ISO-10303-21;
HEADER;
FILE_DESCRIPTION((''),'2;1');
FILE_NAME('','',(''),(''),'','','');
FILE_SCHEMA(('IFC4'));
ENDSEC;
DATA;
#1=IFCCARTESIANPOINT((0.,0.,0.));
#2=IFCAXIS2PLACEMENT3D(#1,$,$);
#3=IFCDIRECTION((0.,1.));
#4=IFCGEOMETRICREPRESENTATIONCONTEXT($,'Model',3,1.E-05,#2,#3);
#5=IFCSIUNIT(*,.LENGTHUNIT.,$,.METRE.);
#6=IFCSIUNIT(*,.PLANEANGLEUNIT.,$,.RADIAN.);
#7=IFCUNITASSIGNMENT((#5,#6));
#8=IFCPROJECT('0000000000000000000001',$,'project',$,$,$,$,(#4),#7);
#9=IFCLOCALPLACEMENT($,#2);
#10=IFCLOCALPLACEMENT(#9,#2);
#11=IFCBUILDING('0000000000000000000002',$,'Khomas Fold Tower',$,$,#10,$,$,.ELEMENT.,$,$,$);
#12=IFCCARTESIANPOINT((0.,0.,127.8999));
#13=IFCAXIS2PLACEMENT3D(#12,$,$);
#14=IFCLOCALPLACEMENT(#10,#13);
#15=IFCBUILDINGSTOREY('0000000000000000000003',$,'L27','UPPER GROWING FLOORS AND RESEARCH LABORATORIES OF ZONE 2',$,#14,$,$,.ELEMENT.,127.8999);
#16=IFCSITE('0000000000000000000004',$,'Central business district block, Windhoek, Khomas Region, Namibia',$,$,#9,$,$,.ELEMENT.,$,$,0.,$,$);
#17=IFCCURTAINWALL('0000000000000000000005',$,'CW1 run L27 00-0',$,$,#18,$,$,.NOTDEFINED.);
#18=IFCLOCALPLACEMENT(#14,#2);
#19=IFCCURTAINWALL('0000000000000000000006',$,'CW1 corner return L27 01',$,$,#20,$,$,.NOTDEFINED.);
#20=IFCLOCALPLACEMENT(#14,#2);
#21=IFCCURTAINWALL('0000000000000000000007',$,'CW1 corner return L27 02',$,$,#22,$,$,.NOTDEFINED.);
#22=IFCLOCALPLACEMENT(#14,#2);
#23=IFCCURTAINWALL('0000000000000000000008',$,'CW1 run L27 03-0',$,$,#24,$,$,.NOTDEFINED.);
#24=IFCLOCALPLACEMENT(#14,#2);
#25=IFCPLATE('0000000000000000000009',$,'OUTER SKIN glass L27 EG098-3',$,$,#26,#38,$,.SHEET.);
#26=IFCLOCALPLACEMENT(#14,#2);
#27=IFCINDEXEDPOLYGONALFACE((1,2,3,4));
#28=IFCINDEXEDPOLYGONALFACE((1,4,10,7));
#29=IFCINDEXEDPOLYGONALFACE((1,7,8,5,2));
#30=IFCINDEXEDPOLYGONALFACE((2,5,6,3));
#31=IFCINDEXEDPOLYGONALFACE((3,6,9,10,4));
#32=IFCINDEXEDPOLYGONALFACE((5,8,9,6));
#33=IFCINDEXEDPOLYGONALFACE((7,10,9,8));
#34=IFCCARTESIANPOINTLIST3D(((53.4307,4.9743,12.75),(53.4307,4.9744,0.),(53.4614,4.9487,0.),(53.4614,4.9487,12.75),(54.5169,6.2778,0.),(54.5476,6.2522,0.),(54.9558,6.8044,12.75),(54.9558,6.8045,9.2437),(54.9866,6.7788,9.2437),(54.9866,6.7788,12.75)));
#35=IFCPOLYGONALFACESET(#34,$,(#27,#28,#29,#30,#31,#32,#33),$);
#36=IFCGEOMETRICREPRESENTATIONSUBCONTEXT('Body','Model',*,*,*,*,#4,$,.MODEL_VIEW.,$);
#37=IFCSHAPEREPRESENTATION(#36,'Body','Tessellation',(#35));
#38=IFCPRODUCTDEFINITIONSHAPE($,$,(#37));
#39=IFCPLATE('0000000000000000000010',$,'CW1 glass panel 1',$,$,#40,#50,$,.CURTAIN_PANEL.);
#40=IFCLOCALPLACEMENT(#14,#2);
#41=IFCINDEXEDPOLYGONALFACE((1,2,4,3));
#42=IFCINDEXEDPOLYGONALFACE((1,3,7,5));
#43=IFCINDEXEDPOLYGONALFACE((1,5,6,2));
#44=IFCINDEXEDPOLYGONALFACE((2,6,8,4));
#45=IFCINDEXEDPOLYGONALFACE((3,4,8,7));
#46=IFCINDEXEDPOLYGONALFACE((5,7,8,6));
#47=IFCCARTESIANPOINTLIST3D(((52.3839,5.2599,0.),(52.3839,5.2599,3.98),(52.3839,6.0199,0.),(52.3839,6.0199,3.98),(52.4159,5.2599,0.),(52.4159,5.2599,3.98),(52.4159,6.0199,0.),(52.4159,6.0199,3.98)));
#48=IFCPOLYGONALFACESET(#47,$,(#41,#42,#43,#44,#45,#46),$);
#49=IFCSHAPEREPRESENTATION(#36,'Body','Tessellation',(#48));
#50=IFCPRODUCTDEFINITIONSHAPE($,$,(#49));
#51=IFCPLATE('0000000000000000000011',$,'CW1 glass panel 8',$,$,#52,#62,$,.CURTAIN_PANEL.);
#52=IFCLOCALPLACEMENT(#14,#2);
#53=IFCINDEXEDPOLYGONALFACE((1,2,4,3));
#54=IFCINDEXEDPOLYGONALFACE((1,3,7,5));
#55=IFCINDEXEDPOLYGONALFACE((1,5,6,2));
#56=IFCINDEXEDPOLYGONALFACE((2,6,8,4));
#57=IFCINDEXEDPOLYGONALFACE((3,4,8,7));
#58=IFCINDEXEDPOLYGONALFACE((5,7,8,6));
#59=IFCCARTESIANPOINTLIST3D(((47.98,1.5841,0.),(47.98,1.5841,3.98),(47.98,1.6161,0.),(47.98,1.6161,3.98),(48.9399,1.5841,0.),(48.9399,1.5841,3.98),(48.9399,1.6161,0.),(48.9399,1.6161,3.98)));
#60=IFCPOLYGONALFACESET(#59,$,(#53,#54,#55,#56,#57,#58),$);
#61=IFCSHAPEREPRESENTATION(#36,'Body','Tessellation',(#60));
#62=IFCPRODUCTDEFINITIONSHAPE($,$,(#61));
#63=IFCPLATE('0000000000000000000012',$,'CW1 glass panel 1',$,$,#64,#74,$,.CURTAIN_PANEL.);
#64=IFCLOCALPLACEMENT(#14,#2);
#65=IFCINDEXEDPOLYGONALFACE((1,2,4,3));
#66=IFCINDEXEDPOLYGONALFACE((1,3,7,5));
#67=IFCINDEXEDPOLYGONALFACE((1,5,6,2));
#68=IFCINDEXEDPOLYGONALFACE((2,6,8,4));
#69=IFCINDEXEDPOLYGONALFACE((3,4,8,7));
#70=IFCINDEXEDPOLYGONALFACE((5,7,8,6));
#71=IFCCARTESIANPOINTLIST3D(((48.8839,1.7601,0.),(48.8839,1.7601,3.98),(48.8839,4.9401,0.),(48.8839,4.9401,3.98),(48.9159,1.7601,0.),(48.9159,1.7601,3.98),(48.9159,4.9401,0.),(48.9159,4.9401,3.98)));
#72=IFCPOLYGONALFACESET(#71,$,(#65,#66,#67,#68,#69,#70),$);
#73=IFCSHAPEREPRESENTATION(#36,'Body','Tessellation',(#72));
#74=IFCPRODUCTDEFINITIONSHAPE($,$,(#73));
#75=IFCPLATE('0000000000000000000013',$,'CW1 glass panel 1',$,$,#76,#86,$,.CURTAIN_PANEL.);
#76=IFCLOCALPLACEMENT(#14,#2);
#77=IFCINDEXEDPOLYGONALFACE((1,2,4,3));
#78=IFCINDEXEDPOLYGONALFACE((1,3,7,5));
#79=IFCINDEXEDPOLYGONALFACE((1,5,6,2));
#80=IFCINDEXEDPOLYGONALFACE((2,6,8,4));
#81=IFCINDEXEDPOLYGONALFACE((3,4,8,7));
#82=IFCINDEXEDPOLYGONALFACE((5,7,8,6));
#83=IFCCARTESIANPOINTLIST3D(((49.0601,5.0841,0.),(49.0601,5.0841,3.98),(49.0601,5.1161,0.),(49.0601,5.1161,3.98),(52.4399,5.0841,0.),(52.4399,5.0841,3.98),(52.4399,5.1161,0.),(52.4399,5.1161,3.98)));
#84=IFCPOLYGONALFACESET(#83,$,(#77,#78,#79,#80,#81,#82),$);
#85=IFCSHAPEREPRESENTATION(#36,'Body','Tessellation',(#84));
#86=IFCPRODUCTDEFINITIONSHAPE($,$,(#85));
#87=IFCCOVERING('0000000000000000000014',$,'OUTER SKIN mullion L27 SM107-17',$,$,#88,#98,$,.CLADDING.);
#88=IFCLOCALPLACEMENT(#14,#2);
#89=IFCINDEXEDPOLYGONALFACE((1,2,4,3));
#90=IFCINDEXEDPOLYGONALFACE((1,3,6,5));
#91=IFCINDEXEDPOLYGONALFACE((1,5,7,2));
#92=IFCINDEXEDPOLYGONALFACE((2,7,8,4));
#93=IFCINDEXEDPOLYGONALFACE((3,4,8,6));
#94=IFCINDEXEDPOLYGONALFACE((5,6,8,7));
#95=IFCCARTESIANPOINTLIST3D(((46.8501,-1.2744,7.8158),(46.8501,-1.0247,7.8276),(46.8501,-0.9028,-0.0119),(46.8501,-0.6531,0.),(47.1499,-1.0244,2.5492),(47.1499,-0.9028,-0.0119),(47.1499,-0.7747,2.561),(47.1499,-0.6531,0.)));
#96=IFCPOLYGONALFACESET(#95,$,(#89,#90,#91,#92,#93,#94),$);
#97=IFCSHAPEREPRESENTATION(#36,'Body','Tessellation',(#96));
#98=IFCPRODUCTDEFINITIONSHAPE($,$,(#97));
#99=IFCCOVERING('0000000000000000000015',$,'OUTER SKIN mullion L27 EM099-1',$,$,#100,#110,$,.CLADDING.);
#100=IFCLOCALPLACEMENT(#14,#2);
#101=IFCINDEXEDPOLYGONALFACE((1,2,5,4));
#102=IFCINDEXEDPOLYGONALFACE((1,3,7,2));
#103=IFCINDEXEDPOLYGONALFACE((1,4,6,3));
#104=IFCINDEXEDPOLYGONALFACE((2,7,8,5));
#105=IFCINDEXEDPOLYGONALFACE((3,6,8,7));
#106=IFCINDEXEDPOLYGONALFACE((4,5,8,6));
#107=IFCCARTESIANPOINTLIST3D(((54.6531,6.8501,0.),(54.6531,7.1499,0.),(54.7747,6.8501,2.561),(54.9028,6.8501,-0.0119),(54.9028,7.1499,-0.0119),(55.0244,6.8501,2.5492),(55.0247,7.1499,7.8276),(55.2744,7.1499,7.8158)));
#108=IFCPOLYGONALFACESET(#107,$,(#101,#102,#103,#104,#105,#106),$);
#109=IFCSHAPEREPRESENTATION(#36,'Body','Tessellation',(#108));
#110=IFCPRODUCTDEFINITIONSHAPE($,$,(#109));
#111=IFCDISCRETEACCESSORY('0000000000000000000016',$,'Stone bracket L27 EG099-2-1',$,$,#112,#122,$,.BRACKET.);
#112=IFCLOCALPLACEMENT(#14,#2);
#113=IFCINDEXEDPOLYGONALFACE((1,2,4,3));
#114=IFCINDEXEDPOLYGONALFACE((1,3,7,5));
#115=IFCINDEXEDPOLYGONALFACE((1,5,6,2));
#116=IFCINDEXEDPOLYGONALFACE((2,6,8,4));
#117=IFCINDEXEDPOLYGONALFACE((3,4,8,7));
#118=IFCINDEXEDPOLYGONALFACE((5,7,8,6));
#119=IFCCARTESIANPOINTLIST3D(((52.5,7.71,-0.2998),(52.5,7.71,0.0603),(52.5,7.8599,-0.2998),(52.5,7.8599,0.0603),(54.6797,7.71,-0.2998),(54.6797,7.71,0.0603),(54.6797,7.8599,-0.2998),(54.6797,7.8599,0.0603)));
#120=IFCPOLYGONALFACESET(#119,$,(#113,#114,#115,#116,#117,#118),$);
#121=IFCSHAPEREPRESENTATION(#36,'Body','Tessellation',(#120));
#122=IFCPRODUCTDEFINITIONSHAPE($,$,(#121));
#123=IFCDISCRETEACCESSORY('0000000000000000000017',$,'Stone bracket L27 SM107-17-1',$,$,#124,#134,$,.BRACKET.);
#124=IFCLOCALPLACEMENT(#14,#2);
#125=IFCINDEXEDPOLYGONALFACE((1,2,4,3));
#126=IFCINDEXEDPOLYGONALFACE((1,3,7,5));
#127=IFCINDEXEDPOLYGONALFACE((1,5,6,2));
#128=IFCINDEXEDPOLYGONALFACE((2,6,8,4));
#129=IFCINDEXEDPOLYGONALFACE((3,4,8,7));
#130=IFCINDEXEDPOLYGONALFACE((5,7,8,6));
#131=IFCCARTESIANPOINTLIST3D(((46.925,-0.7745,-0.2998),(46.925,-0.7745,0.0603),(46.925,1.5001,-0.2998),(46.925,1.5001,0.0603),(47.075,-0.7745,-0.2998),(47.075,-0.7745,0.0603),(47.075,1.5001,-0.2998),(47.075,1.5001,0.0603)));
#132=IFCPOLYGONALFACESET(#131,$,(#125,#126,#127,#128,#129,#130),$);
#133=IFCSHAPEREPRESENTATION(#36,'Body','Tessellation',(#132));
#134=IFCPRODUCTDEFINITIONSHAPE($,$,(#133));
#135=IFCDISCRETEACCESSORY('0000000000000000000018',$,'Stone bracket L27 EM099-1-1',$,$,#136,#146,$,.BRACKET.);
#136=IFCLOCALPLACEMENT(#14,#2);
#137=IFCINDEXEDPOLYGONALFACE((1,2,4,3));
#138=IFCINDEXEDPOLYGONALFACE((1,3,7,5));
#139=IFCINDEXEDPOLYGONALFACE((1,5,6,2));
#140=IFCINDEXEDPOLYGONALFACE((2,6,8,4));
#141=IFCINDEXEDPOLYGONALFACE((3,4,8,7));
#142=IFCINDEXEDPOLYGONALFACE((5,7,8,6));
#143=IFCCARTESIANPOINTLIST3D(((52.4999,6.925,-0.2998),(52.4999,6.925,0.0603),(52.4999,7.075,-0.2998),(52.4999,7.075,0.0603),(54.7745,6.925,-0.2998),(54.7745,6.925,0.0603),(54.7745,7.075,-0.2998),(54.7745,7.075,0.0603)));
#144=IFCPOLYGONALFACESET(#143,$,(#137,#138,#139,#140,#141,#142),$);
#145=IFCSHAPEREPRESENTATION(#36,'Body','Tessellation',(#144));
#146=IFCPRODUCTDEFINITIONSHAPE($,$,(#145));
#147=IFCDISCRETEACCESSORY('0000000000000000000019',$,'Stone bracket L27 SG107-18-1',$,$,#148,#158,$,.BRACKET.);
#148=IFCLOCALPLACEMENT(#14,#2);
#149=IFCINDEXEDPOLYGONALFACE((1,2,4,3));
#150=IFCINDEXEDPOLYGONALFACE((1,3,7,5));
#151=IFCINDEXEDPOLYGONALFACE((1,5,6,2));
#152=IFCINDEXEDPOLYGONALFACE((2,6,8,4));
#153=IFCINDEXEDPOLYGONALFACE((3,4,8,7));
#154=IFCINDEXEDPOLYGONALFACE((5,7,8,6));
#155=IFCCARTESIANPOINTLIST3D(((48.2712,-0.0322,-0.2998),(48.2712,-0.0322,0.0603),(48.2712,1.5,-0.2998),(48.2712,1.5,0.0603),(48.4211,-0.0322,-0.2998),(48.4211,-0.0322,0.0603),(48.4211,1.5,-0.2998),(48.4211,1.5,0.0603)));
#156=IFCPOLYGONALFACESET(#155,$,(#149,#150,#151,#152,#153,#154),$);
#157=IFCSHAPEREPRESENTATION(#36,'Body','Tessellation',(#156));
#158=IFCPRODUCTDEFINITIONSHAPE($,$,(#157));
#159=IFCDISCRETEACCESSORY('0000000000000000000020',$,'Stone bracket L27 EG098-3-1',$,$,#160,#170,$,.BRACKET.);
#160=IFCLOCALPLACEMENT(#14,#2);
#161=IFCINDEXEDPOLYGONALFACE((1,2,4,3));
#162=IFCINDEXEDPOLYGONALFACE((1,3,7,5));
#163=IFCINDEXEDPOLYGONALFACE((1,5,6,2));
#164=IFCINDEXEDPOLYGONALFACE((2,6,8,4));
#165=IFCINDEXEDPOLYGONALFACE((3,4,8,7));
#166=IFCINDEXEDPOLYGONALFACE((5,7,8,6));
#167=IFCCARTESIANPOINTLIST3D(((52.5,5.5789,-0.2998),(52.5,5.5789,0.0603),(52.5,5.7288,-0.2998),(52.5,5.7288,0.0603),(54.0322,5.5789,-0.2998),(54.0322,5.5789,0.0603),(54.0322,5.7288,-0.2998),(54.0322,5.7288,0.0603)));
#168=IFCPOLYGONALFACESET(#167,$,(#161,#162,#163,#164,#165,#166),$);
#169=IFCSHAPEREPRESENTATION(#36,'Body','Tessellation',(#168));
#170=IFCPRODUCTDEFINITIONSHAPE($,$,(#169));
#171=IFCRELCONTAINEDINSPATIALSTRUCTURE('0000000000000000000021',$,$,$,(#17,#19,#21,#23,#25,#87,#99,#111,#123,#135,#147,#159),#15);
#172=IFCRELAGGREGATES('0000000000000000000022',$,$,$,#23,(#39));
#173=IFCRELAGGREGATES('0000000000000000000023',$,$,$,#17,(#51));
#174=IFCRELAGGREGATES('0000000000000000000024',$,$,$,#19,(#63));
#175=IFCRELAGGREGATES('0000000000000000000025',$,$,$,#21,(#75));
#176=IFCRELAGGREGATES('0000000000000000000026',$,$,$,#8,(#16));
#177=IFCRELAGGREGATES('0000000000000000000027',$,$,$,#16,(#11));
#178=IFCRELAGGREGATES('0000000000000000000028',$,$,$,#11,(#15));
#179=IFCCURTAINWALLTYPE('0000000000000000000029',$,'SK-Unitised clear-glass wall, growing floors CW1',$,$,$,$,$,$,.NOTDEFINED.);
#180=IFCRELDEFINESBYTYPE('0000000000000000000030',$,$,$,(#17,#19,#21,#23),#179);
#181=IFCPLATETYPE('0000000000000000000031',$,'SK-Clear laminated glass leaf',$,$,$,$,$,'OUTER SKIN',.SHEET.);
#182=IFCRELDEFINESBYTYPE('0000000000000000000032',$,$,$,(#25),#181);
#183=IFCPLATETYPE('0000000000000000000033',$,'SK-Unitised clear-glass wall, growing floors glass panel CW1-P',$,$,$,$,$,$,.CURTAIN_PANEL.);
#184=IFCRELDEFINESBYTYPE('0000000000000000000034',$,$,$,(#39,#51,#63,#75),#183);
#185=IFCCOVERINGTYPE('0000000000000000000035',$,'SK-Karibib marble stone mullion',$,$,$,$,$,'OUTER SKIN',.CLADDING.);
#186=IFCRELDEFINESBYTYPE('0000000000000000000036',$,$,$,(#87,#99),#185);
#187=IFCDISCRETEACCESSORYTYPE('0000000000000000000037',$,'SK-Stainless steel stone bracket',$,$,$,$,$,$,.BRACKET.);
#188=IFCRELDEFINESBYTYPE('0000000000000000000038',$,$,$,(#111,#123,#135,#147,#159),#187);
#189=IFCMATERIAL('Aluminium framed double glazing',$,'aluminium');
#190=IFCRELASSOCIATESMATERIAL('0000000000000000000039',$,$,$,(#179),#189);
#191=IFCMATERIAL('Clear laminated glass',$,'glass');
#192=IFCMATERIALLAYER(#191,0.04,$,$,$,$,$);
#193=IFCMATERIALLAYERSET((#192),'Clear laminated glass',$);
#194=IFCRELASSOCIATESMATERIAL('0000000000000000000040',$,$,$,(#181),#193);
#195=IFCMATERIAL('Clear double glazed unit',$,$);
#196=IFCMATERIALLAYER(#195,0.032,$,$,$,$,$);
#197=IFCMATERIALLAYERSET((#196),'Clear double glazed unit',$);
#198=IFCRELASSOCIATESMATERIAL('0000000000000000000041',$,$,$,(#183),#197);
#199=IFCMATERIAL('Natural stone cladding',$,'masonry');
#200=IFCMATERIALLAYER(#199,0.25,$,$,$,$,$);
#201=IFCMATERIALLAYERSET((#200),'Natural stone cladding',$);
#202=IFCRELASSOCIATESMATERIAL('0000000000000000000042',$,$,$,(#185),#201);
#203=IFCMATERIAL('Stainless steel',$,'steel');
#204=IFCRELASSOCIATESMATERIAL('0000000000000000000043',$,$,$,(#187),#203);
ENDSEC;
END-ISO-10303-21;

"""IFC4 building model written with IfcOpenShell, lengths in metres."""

from ifc_helpers import new_model, si_unit, direction, frame, origin, origin_2d, place, context, subcontext, project, spatial, polyline, rectangle, outline, extrude, source, transform, mapped, material, layer, layer_set, type_object, element, aggregate, save


model = new_model("IFC4")

# Units and contexts
model_context = context("Model", 3, precision=1e-05, world=origin(), true_north=direction((0.0, 1.0)))
body_context = subcontext(model_context, "Body", "Model", "MODEL_VIEW")
ifc_project = project(units=[si_unit("LENGTHUNIT", "METRE"), si_unit("PLANEANGLEUNIT", "RADIAN")], contexts=[model_context])

# Site, building, storey
site_placement = place(None, origin())
site = spatial("IfcSite", under=ifc_project, at=site_placement, Name="Central business district block, Windhoek, Khomas Region, Namibia", CompositionType="ELEMENT", RefElevation=0.0)
building_placement = place(site_placement, origin())
building = spatial("IfcBuilding", under=site, at=building_placement, Name="Khomas Fold Tower", CompositionType="ELEMENT")
storey_placement = place(building_placement, frame((0.0, 0.0, 127.8999)))
storey = spatial("IfcBuildingStorey", under=building, at=storey_placement, Name="L27", Description="UPPER GROWING FLOORS AND RESEARCH LABORATORIES OF ZONE 2", CompositionType="ELEMENT", Elevation=127.8999)

# Curtain walls
ifc_material_1 = material(Name="Aluminium framed double glazing", Category="aluminium")
curtain_wall_type = type_object("IfcCurtainWallType", Name="SK-Unitised clear-glass wall, growing floors CW1", PredefinedType="NOTDEFINED", material=ifc_material_1)
curtain_wall_1_placement = place(storey_placement, origin())
curtain_wall_1 = element("IfcCurtainWall", 1, at=curtain_wall_1_placement, inside=storey, type_object=curtain_wall_type, Name="CW1 run L27 00-0", PredefinedType="NOTDEFINED")
curtain_wall_2_placement = place(storey_placement, origin())
curtain_wall_2 = element("IfcCurtainWall", 2, at=curtain_wall_2_placement, inside=storey, type_object=curtain_wall_type, Name="CW1 corner return L27 01", PredefinedType="NOTDEFINED")
curtain_wall_3_placement = place(storey_placement, origin())
curtain_wall_3 = element("IfcCurtainWall", 3, at=curtain_wall_3_placement, inside=storey, type_object=curtain_wall_type, Name="CW1 corner return L27 02", PredefinedType="NOTDEFINED")
curtain_wall_4_placement = place(storey_placement, origin())
curtain_wall_4 = element("IfcCurtainWall", 4, at=curtain_wall_4_placement, inside=storey, type_object=curtain_wall_type, Name="CW1 run L27 03-0", PredefinedType="NOTDEFINED")

# Plate
ifc_material_2 = material(Name="Clear laminated glass", Category="glass")
ifc_layer_1 = layer(ifc_material_2, 0.04)
ifc_layer_set_1 = layer_set([ifc_layer_1], Name="Clear laminated glass")
plate_type_1 = type_object("IfcPlateType", Name="SK-Clear laminated glass leaf", ElementType="OUTER SKIN", PredefinedType="SHEET", material=ifc_layer_set_1)
plate_1_placement = place(storey_placement, frame((54.9558, 6.8044, 12.75), z_axis=(-0.768213, 0.640195, 0.000003), x_axis=(-0.000003, 0.000002, -1.0)))
element("IfcPlate", 5, at=plate_1_placement, inside=storey, type_object=plate_type_1, Name="OUTER SKIN glass L27 EG098-3", PredefinedType="SHEET", context=body_context, shape_type="SweptSolid", body=[
    extrude(outline(polyline([(0.0, 0.0), (3.5063, 0.0), (12.75, 0.6856), (12.75, 2.3823), (0.0, 2.3823), (0.0, 0.0)])), origin(), (0.0, 0.0, -1.0), 0.04),
])

# Plates
ifc_material_3 = material(Name="Clear double glazed unit")
ifc_layer_2 = layer(ifc_material_3, 0.032)
ifc_layer_set_2 = layer_set([ifc_layer_2], Name="Clear double glazed unit")
plate_type_2 = type_object("IfcPlateType", Name="SK-Unitised clear-glass wall, growing floors glass panel CW1-P", PredefinedType="CURTAIN_PANEL", material=ifc_layer_set_2)
shared_shape_1 = source(origin(), body_context, "Body", "SweptSolid", [
    extrude(rectangle(XDim=0.76, YDim=0.032, at=origin_2d()), origin(), (0.0, 0.0, 1.0), 3.98),
])
plate_2_placement = place(storey_placement, frame((52.3999, 5.6399, 0.0), z_axis=(0.0, 0.0, 1.0), x_axis=(0.0, 1.0, 0.0)))
plate_2 = element("IfcPlate", 6, at=plate_2_placement, type_object=plate_type_2, Name="CW1 glass panel 1", PredefinedType="CURTAIN_PANEL", context=body_context, shape_type="MappedRepresentation", body=[
    mapped(shared_shape_1, transform((0.0, 0.0, 0.0))),
])
aggregate(curtain_wall_4, [plate_2])
shared_shape_2 = source(origin(), body_context, "Body", "SweptSolid", [
    extrude(rectangle(XDim=0.96, YDim=0.032, at=origin_2d()), origin(), (0.0, 0.0, 1.0), 3.98),
])
plate_3_placement = place(storey_placement, frame((48.46, 1.6001, 0.0), z_axis=(0.0, 0.0, 1.0), x_axis=(1.0, 0.0, 0.0)))
plate_3 = element("IfcPlate", 7, at=plate_3_placement, type_object=plate_type_2, Name="CW1 glass panel 8", PredefinedType="CURTAIN_PANEL", context=body_context, shape_type="MappedRepresentation", body=[
    mapped(shared_shape_2, transform((0.0, 0.0, 0.0))),
])
aggregate(curtain_wall_1, [plate_3])
shared_shape_3 = source(origin(), body_context, "Body", "SweptSolid", [
    extrude(rectangle(XDim=3.1799, YDim=0.032, at=origin_2d()), origin(), (0.0, 0.0, 1.0), 3.98),
])
plate_4_placement = place(storey_placement, frame((48.8999, 3.3501, 0.0), z_axis=(0.0, 0.0, 1.0), x_axis=(0.0, 1.0, 0.0)))
plate_4 = element("IfcPlate", 8, at=plate_4_placement, type_object=plate_type_2, Name="CW1 glass panel 1", PredefinedType="CURTAIN_PANEL", context=body_context, shape_type="MappedRepresentation", body=[
    mapped(shared_shape_3, transform((0.0, 0.0, 0.0))),
])
aggregate(curtain_wall_2, [plate_4])
shared_shape_4 = source(origin(), body_context, "Body", "SweptSolid", [
    extrude(rectangle(XDim=3.3799, YDim=0.032, at=origin_2d()), origin(), (0.0, 0.0, 1.0), 3.98),
])
plate_5_placement = place(storey_placement, frame((50.75, 5.1001, 0.0), z_axis=(0.0, 0.0, 1.0), x_axis=(1.0, 0.0, 0.0)))
plate_5 = element("IfcPlate", 9, at=plate_5_placement, type_object=plate_type_2, Name="CW1 glass panel 1", PredefinedType="CURTAIN_PANEL", context=body_context, shape_type="MappedRepresentation", body=[
    mapped(shared_shape_4, transform((0.0, 0.0, 0.0))),
])
aggregate(curtain_wall_3, [plate_5])

# Coverings
ifc_material_4 = material(Name="Natural stone cladding", Category="masonry")
ifc_layer_3 = layer(ifc_material_4, 0.25)
ifc_layer_set_3 = layer_set([ifc_layer_3], Name="Natural stone cladding")
covering_type = type_object("IfcCoveringType", Name="SK-Karibib marble stone mullion", ElementType="OUTER SKIN", PredefinedType="CLADDING", material=ifc_layer_set_3)
covering_1_placement = place(storey_placement, frame((47.1499, -0.7747, 2.561), z_axis=(0.000021, 0.998875, 0.047418), x_axis=(0.0, 0.047418, -0.998875)))
element("IfcCovering", 10, at=covering_1_placement, inside=storey, type_object=covering_type, Name="OUTER SKIN mullion L27 SM107-17", PredefinedType="CLADDING", context=body_context, shape_type="SweptSolid", body=[
    extrude(outline(polyline([(0.0, 0.0), (2.5639, 0.0), (2.5639, 0.2998), (-5.2725, 0.2998), (0.0, 0.0)])), origin(), (0.0, 0.0, -1.0), 0.25),
])
covering_2_placement = place(storey_placement, frame((54.6531, 6.8501, 0.0), z_axis=(-0.998875, -0.000021, 0.047418), x_axis=(0.047418, 0.0, 0.998875)))
element("IfcCovering", 11, at=covering_2_placement, inside=storey, type_object=covering_type, Name="OUTER SKIN mullion L27 EM099-1", PredefinedType="CLADDING", context=body_context, shape_type="SweptSolid", body=[
    extrude(outline(polyline([(0.0, 0.0), (2.5639, 0.0), (7.8365, 0.2998), (0.0, 0.2998), (0.0, 0.0)])), origin(), (0.0, 0.0, -1.0), 0.25),
])

# Discrete accessories
ifc_material_5 = material(Name="Stainless steel", Category="steel")
discrete_accessory_type = type_object("IfcDiscreteAccessoryType", Name="SK-Stainless steel stone bracket", PredefinedType="BRACKET", material=ifc_material_5)
shared_shape_5 = source(origin(), body_context, "Body", "SweptSolid", [
    extrude(rectangle(XDim=2.1797, YDim=0.1499, at=origin_2d()), origin(), (0.0, 0.0, 1.0), 0.3601),
])
discrete_accessory_placement = place(storey_placement, frame((53.5898, 7.7849, -0.2998), z_axis=(0.0, 0.0, 1.0), x_axis=(1.0, 0.0, 0.0)))
element("IfcDiscreteAccessory", 12, at=discrete_accessory_placement, inside=storey, type_object=discrete_accessory_type, Name="Stone bracket L27 EG099-2-1", PredefinedType="BRACKET", context=body_context, shape_type="MappedRepresentation", body=[
    mapped(shared_shape_5, transform((0.0, 0.0, 0.0))),
])
shared_shape_6 = source(origin(), body_context, "Body", "SweptSolid", [
    extrude(rectangle(XDim=2.2747, YDim=0.1499, at=origin_2d()), origin(), (0.0, 0.0, 1.0), 0.3601),
])
for number, where, z_axis, x_axis, name in (
    (13, (47.0, 0.3628, -0.2998), (0.0, 0.0, 1.0), (0.0, -1.0, 0.0), "Stone bracket L27 SM107-17-1"),
    (14, (53.6372, 7.0, -0.2998), (0.0, 0.0, 1.0), (1.0, 0.0, 0.0), "Stone bracket L27 EM099-1-1"),
):
    element("IfcDiscreteAccessory", number, at=place(storey_placement, frame(where, z_axis=z_axis, x_axis=x_axis)), inside=storey, type_object=discrete_accessory_type, Name=name, PredefinedType="BRACKET", context=body_context, shape_type="MappedRepresentation", body=[
        mapped(shared_shape_6, transform((0.0, 0.0, 0.0))),
    ])
shared_shape_7 = source(origin(), body_context, "Body", "SweptSolid", [
    extrude(rectangle(XDim=1.5322, YDim=0.1499, at=origin_2d()), origin(), (0.0, 0.0, 1.0), 0.3601),
])
for number, where, z_axis, x_axis, name in (
    (15, (48.3462, 0.7339, -0.2998), (0.0, 0.0, 1.0), (0.0, -1.0, 0.0), "Stone bracket L27 SG107-18-1"),
    (16, (53.2661, 5.6538, -0.2998), (0.0, 0.0, 1.0), (1.0, 0.0, 0.0), "Stone bracket L27 EG098-3-1"),
):
    element("IfcDiscreteAccessory", number, at=place(storey_placement, frame(where, z_axis=z_axis, x_axis=x_axis)), inside=storey, type_object=discrete_accessory_type, Name=name, PredefinedType="BRACKET", context=body_context, shape_type="MappedRepresentation", body=[
        mapped(shared_shape_7, transform((0.0, 0.0, 0.0))),
    ])

save(model, "model.ifc")
